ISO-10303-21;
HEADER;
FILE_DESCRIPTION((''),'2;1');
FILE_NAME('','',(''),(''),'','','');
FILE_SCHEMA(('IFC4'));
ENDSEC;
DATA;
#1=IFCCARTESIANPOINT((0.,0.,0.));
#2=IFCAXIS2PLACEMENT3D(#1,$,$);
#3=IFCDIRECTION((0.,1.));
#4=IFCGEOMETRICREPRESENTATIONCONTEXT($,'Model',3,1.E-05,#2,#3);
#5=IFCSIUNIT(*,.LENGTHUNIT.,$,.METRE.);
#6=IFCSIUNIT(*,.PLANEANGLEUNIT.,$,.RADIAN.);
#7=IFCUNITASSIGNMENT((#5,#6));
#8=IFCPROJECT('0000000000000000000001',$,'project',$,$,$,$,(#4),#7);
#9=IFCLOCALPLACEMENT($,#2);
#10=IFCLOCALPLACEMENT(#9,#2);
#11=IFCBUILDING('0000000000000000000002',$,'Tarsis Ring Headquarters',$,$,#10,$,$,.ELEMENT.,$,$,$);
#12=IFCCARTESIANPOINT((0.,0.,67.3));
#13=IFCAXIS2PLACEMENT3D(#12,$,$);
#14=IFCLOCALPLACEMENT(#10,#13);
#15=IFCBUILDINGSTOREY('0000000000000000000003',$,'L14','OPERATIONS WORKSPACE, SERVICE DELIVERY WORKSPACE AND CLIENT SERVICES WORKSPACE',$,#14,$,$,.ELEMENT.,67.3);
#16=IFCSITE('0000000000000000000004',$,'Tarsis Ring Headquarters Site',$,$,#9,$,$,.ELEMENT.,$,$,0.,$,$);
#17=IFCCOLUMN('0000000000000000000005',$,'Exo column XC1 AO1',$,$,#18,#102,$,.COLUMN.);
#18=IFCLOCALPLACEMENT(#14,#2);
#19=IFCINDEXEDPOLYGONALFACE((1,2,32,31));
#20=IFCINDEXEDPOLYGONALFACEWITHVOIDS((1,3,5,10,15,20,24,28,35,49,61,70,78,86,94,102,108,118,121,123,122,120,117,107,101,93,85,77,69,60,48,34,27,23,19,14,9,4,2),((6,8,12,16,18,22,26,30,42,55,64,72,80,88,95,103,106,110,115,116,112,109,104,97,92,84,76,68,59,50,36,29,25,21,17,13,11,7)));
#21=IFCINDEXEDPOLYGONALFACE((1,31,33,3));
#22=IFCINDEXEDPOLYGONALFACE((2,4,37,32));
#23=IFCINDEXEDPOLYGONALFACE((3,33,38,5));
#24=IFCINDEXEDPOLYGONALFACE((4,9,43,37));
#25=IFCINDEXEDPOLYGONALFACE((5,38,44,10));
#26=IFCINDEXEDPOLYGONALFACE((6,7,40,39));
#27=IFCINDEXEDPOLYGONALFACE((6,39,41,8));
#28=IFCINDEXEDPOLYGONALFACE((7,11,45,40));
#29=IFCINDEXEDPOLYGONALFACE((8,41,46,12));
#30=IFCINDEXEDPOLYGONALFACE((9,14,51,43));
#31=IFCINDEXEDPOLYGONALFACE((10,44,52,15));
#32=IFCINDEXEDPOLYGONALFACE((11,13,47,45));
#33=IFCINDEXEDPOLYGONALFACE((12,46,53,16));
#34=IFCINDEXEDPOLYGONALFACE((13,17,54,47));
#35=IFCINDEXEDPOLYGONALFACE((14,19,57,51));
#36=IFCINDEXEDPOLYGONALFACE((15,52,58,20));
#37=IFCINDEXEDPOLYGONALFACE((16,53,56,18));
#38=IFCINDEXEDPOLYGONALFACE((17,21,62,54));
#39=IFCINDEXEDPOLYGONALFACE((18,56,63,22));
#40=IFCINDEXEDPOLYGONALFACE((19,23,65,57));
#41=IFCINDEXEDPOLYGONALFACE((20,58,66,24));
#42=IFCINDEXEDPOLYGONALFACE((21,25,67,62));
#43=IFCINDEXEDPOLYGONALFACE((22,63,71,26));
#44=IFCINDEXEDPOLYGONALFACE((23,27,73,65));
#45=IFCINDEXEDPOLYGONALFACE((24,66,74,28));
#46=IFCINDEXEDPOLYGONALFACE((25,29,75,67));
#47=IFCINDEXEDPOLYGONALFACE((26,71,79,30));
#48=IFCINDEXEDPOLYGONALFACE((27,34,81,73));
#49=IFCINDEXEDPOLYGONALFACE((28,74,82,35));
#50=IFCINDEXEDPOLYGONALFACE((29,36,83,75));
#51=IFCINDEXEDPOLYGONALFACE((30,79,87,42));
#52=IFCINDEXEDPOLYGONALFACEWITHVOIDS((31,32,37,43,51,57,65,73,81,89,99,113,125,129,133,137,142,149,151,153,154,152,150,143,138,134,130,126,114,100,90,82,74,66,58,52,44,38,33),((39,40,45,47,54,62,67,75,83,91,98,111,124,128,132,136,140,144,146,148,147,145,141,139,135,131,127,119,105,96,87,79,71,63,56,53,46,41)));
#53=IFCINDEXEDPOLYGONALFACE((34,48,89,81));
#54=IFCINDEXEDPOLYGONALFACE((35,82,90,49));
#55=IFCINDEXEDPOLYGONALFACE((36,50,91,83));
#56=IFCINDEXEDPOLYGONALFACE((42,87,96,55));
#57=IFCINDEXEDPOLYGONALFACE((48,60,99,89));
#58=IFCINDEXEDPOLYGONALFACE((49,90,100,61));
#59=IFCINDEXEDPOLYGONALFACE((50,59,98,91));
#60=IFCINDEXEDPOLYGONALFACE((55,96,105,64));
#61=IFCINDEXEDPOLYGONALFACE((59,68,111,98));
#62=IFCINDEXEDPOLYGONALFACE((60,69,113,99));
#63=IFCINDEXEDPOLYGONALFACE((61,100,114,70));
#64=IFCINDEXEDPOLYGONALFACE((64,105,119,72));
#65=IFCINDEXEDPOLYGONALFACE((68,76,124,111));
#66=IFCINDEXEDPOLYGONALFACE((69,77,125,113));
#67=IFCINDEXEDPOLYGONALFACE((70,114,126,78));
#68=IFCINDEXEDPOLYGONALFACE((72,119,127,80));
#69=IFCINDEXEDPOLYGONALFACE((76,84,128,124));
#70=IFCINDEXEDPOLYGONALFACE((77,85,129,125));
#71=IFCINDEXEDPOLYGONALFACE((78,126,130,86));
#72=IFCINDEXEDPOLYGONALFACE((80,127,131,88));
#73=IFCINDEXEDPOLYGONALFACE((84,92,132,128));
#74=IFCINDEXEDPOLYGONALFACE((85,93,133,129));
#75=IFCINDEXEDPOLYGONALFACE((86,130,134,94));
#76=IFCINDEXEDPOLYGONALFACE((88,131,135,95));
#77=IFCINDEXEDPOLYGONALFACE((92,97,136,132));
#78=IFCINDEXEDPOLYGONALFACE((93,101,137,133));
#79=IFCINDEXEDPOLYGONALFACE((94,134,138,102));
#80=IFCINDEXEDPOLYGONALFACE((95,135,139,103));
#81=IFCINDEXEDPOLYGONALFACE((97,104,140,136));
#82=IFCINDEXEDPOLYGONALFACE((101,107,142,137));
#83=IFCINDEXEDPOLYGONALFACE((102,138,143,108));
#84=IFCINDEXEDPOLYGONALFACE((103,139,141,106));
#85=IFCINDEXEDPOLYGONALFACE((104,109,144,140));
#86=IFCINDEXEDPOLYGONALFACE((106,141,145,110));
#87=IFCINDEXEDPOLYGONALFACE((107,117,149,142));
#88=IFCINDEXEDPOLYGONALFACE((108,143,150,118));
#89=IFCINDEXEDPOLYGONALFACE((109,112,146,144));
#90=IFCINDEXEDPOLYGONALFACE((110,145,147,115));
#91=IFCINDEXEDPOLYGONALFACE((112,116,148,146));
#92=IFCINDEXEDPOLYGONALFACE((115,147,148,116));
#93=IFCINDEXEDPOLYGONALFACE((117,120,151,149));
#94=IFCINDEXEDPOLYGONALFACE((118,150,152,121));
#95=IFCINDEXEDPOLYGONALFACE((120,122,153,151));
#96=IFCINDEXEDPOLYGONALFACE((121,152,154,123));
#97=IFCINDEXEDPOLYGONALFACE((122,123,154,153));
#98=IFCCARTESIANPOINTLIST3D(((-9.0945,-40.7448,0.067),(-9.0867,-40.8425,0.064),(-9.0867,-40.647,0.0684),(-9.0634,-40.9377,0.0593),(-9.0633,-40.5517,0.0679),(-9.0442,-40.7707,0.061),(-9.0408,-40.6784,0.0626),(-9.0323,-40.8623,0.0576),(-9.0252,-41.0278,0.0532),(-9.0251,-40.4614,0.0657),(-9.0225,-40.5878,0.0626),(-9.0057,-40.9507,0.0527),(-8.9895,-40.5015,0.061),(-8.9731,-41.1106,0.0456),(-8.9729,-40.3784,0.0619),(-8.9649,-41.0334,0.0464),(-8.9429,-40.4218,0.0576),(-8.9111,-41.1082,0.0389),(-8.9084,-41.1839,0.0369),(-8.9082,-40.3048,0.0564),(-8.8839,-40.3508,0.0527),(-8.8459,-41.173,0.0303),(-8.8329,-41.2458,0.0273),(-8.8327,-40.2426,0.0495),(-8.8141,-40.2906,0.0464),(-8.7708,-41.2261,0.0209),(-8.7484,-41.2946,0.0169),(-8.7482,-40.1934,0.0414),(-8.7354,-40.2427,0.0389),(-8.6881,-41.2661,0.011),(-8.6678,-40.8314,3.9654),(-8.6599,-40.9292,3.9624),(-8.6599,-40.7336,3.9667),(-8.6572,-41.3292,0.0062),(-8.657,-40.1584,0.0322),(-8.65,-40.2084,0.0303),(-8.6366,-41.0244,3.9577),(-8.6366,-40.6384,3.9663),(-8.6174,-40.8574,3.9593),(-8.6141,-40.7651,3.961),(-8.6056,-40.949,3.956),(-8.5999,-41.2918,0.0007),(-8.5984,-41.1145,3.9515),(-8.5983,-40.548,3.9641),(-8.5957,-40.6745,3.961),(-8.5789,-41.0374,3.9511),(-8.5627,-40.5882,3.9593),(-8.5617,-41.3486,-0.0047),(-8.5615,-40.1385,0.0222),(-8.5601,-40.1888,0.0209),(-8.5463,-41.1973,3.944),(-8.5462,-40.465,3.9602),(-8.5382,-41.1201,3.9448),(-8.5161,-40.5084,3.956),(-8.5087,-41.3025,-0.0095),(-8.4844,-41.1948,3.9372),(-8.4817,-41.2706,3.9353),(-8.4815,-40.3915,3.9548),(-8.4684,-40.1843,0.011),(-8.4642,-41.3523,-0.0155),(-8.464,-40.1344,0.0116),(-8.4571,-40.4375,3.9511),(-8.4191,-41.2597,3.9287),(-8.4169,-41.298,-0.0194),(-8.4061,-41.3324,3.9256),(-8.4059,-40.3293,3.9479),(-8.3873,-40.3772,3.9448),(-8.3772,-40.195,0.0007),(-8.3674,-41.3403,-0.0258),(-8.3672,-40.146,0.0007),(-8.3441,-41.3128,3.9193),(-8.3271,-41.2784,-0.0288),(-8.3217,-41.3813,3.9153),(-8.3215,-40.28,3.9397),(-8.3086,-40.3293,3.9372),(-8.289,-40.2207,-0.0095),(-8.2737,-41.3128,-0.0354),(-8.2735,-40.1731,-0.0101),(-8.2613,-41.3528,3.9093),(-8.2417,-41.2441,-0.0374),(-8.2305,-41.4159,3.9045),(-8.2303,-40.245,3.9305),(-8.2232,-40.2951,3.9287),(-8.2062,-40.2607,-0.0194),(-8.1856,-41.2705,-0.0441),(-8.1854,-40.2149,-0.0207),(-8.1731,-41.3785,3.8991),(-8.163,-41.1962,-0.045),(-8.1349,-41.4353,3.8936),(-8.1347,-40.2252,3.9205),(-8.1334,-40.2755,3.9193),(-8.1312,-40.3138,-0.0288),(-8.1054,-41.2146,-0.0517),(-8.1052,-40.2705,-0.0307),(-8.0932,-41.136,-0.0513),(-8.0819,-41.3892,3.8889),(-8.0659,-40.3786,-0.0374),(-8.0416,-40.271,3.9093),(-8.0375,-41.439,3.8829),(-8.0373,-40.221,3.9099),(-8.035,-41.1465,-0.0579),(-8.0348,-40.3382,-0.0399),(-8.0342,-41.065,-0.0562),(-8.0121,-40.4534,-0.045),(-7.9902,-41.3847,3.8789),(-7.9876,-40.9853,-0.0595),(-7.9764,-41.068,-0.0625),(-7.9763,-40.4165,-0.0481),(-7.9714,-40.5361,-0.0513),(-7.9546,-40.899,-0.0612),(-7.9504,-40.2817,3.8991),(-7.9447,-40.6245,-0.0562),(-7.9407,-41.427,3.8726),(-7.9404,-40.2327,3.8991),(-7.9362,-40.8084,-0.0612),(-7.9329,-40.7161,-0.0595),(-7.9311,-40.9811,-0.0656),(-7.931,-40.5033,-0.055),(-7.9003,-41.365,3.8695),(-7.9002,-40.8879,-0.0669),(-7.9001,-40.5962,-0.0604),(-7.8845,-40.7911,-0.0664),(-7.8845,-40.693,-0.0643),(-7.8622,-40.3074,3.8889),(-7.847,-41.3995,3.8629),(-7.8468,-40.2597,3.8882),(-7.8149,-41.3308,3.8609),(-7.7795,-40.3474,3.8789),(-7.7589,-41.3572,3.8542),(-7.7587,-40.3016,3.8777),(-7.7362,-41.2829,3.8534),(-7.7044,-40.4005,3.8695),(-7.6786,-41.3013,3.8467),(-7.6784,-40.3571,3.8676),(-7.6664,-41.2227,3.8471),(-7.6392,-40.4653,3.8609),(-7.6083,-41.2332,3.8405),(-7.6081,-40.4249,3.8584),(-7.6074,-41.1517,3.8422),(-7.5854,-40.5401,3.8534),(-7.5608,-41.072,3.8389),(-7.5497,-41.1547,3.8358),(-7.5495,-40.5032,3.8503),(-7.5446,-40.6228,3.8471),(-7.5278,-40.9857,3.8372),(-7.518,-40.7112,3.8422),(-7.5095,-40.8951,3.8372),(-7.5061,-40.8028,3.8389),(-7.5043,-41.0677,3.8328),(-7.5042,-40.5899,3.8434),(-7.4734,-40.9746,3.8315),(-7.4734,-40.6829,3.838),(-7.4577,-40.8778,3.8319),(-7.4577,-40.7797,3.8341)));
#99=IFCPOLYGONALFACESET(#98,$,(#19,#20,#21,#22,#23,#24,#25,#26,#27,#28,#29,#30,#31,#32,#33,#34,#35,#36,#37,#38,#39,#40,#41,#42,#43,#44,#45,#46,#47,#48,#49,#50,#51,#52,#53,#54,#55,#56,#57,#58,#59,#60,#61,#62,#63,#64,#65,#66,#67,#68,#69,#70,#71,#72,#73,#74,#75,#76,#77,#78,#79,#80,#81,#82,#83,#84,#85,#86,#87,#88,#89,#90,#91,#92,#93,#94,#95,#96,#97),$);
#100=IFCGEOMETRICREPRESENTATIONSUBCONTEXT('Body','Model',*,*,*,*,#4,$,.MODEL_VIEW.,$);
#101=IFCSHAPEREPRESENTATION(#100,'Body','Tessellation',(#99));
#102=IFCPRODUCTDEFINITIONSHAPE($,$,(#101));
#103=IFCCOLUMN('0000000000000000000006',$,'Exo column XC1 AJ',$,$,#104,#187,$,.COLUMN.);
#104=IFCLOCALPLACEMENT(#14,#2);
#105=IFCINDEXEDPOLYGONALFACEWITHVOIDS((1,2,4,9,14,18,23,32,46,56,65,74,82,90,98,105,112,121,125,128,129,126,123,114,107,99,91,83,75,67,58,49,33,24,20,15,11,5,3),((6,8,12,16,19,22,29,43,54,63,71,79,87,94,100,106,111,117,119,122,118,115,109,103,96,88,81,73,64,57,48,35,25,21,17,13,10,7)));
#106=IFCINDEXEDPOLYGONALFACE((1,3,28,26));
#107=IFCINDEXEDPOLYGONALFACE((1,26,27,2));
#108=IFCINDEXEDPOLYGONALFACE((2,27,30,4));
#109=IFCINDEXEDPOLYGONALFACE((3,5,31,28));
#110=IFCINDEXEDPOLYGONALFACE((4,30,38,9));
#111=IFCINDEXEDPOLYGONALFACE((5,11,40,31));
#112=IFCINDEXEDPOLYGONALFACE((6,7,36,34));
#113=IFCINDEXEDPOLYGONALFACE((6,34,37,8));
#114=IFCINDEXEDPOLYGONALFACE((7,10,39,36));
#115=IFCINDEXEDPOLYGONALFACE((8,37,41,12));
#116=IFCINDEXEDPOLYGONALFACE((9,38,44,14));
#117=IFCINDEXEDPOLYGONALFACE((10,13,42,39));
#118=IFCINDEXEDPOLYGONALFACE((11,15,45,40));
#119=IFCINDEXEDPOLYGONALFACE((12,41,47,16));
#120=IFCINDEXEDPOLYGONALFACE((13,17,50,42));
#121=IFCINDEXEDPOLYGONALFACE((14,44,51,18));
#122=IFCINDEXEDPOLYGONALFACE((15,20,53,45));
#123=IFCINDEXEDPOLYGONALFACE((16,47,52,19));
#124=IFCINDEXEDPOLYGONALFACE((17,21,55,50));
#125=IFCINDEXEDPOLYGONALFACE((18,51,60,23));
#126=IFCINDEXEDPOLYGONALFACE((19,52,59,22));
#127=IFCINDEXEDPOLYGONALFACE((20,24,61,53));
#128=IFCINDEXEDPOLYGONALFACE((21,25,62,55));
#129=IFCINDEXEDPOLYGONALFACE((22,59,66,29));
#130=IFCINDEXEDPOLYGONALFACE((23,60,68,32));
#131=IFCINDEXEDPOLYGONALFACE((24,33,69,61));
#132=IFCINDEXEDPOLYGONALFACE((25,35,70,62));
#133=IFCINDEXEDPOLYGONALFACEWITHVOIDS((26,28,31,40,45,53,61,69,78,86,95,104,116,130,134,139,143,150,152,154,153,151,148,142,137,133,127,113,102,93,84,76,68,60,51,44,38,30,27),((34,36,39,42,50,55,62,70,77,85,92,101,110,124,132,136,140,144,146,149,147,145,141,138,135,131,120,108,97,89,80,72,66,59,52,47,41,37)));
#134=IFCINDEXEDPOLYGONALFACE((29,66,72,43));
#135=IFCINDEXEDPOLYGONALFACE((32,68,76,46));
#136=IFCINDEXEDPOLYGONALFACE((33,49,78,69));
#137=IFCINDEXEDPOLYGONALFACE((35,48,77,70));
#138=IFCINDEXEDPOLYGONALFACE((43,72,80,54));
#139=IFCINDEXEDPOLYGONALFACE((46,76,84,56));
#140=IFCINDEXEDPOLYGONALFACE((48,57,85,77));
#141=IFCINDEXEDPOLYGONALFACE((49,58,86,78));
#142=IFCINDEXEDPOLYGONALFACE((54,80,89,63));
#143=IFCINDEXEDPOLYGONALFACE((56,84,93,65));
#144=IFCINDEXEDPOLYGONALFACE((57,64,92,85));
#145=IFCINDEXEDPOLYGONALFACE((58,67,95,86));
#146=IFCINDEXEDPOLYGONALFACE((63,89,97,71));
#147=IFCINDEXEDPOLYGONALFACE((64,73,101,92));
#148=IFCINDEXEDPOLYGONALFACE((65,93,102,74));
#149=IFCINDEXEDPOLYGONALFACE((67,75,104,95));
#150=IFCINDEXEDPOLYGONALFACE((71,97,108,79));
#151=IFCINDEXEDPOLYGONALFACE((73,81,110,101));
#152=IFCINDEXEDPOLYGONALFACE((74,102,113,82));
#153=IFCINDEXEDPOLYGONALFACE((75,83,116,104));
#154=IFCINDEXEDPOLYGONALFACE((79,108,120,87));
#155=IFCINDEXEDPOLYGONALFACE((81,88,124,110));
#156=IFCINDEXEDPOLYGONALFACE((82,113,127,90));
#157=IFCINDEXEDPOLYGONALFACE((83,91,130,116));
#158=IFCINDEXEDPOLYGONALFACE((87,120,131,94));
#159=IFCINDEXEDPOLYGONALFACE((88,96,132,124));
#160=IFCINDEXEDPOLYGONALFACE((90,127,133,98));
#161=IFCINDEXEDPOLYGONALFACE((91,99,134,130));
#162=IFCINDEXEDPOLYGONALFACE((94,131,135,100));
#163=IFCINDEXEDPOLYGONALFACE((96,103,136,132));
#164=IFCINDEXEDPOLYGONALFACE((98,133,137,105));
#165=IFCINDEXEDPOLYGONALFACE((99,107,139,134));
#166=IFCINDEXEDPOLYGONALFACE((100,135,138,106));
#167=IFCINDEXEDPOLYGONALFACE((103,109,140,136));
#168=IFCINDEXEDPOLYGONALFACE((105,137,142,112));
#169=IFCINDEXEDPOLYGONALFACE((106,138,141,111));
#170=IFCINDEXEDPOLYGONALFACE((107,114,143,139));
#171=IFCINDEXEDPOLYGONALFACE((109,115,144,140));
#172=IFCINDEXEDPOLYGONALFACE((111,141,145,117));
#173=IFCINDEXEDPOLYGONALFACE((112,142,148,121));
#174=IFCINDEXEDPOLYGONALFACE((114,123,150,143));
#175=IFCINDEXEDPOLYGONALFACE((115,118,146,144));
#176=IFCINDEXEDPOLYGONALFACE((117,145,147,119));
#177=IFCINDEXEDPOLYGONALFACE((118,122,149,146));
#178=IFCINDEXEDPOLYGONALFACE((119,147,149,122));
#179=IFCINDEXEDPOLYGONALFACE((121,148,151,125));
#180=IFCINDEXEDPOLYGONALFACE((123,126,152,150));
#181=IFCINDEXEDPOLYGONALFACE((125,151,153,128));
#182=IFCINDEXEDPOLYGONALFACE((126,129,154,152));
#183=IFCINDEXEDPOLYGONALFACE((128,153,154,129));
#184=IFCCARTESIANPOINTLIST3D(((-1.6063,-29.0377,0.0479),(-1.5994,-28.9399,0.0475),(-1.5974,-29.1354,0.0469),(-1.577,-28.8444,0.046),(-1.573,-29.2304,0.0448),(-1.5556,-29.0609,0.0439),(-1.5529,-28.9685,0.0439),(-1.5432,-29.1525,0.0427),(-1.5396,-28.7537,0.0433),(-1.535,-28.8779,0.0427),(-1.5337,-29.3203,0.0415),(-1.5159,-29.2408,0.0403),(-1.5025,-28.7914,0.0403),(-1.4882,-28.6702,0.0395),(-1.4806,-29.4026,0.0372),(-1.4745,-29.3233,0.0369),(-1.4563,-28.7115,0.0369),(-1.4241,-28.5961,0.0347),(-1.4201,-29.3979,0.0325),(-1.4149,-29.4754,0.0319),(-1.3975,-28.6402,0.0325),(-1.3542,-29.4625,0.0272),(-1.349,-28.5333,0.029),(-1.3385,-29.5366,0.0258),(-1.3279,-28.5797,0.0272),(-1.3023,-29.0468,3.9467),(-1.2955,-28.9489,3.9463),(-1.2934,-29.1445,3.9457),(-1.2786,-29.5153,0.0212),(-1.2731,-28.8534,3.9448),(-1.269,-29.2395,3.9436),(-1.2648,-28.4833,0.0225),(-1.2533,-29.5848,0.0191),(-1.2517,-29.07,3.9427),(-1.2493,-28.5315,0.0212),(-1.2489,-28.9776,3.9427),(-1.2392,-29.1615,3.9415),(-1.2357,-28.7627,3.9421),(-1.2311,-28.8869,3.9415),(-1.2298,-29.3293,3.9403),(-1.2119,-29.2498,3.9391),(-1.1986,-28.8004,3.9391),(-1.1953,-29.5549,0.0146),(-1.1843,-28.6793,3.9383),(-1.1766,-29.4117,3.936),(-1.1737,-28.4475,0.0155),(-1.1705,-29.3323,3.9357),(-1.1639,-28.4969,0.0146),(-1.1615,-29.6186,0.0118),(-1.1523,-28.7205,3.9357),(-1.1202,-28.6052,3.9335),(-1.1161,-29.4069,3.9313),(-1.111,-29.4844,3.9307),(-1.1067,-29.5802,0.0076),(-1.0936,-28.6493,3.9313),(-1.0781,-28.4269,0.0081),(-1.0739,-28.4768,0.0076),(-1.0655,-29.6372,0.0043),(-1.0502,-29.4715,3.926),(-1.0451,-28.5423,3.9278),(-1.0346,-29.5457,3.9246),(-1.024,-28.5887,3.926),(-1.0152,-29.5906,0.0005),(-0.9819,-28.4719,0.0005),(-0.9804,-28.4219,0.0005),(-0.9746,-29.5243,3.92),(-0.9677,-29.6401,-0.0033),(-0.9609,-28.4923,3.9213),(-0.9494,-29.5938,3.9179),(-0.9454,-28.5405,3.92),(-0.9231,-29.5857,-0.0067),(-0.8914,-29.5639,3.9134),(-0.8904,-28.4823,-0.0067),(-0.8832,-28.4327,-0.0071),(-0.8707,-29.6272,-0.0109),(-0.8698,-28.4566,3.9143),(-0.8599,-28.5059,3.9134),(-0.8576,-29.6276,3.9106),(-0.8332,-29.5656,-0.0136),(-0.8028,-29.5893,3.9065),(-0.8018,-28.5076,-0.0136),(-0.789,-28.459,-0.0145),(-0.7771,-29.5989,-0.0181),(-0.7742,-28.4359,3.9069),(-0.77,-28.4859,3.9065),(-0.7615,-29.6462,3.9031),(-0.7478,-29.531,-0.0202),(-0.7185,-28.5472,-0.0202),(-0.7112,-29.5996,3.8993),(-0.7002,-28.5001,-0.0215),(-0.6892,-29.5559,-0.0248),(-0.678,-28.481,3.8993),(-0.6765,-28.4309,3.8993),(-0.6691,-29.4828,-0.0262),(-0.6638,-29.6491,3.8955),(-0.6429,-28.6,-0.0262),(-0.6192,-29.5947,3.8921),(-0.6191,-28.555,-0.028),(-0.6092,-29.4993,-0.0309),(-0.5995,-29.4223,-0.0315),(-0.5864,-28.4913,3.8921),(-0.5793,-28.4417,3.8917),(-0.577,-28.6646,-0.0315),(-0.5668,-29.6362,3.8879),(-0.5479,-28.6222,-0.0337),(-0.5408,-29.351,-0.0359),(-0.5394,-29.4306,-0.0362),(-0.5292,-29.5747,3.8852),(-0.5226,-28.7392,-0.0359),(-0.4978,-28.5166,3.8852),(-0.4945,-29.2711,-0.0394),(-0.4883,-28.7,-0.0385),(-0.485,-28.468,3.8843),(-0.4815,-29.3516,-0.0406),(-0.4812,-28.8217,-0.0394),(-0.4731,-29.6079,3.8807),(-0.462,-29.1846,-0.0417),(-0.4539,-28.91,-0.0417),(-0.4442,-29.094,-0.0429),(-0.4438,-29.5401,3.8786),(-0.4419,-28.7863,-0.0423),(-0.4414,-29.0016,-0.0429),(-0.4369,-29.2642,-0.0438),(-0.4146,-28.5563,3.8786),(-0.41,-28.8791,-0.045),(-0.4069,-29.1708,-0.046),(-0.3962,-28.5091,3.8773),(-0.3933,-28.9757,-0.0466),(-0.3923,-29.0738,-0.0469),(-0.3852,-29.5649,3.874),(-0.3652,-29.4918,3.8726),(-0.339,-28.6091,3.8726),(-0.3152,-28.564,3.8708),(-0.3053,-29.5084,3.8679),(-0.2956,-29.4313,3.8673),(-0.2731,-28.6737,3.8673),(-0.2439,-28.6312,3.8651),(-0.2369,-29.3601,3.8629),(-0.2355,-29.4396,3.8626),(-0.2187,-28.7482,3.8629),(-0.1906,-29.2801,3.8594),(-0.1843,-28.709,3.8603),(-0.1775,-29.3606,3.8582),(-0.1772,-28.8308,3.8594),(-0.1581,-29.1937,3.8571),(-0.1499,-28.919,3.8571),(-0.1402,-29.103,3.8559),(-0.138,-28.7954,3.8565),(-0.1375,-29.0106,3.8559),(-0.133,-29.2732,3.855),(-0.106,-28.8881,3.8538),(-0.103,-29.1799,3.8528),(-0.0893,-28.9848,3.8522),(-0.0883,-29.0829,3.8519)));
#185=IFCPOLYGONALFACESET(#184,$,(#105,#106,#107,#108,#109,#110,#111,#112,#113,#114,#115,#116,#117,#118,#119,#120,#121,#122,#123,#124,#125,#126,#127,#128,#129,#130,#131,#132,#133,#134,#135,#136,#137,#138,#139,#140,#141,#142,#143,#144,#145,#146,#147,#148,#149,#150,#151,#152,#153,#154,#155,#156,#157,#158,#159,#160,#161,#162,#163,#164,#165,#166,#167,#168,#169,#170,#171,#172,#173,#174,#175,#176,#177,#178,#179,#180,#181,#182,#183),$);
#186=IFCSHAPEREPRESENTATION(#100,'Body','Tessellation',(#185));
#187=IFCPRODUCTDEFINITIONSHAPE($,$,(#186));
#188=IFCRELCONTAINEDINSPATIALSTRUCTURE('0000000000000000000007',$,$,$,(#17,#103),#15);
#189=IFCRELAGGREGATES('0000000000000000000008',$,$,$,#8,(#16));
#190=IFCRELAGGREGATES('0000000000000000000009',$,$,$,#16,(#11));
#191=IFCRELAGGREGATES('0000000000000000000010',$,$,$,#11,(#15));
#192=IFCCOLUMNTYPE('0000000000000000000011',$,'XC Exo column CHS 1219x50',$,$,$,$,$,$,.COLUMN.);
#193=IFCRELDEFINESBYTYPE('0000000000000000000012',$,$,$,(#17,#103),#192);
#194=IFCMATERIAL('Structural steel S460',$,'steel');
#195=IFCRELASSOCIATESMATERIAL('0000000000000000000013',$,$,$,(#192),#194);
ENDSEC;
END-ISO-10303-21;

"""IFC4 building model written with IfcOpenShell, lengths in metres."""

from ifc_helpers import new_model, si_unit, direction, frame, origin, origin_2d, place, context, subcontext, project, spatial, hollow_circle, extrude, material, material_profile, profile_set, type_object, element, save


model = new_model("IFC4")

# Units and contexts
model_context = context("Model", 3, precision=1e-05, world=origin(), true_north=direction((0.0, 1.0)))
body_context = subcontext(model_context, "Body", "Model", "MODEL_VIEW")
ifc_project = project(units=[si_unit("LENGTHUNIT", "METRE"), si_unit("PLANEANGLEUNIT", "RADIAN")], contexts=[model_context])

# Site, building, storey
site_placement = place(None, origin())
site = spatial("IfcSite", under=ifc_project, at=site_placement, Name="Tarsis Ring Headquarters Site", CompositionType="ELEMENT", RefElevation=0.0)
building_placement = place(site_placement, origin())
building = spatial("IfcBuilding", under=site, at=building_placement, Name="Tarsis Ring Headquarters", CompositionType="ELEMENT")
storey_placement = place(building_placement, frame((0.0, 0.0, 67.3)))
storey = spatial("IfcBuildingStorey", under=building, at=storey_placement, Name="L14", Description="OPERATIONS WORKSPACE, SERVICE DELIVERY WORKSPACE AND CLIENT SERVICES WORKSPACE", CompositionType="ELEMENT", Elevation=67.3)

# Columns
ifc_material_1 = material(Name="Structural steel S460", Category="steel")
ifc_material_profile_1 = material_profile(ifc_material_1, hollow_circle(Radius=0.6096, WallThickness=0.05, at=origin_2d()), Name="CHS 1219x50")
ifc_profile_set_1 = profile_set([ifc_material_profile_1], Name="Structural steel S460")
column_type = type_object("IfcColumnType", Name="XC Exo column CHS 1219x50", PredefinedType="COLUMN", material=ifc_profile_set_1)
column_1_placement = place(storey_placement, frame((-8.4885, -40.7434, 0.0007), z_axis=(0.108792, -0.022095, 0.993819), x_axis=(0.199026, 0.979994, 0.0)))
element("IfcColumn", 1, at=column_1_placement, inside=storey, type_object=column_type, Name="Exo column XC1 AO1", PredefinedType="COLUMN", context=body_context, shape_type="SweptSolid", body=[
    extrude(hollow_circle(Radius=0.6096, WallThickness=0.05, at=origin_2d()), origin(), (0.0, 0.0, 1.0), 3.9226),
])
column_2_placement = place(storey_placement, frame((-0.9985, -29.0312, 0.0005), z_axis=(0.077723, -0.00231, 0.996972), x_axis=(0.029706, 0.999559, 0.0)))
element("IfcColumn", 2, at=column_2_placement, inside=storey, type_object=column_type, Name="Exo column XC1 AJ", PredefinedType="COLUMN", context=body_context, shape_type="SweptSolid", body=[
    extrude(hollow_circle(Radius=0.6096, WallThickness=0.05, at=origin_2d()), origin(), (0.0, 0.0, 1.0), 3.9106),
])

save(model, "model.ifc")
